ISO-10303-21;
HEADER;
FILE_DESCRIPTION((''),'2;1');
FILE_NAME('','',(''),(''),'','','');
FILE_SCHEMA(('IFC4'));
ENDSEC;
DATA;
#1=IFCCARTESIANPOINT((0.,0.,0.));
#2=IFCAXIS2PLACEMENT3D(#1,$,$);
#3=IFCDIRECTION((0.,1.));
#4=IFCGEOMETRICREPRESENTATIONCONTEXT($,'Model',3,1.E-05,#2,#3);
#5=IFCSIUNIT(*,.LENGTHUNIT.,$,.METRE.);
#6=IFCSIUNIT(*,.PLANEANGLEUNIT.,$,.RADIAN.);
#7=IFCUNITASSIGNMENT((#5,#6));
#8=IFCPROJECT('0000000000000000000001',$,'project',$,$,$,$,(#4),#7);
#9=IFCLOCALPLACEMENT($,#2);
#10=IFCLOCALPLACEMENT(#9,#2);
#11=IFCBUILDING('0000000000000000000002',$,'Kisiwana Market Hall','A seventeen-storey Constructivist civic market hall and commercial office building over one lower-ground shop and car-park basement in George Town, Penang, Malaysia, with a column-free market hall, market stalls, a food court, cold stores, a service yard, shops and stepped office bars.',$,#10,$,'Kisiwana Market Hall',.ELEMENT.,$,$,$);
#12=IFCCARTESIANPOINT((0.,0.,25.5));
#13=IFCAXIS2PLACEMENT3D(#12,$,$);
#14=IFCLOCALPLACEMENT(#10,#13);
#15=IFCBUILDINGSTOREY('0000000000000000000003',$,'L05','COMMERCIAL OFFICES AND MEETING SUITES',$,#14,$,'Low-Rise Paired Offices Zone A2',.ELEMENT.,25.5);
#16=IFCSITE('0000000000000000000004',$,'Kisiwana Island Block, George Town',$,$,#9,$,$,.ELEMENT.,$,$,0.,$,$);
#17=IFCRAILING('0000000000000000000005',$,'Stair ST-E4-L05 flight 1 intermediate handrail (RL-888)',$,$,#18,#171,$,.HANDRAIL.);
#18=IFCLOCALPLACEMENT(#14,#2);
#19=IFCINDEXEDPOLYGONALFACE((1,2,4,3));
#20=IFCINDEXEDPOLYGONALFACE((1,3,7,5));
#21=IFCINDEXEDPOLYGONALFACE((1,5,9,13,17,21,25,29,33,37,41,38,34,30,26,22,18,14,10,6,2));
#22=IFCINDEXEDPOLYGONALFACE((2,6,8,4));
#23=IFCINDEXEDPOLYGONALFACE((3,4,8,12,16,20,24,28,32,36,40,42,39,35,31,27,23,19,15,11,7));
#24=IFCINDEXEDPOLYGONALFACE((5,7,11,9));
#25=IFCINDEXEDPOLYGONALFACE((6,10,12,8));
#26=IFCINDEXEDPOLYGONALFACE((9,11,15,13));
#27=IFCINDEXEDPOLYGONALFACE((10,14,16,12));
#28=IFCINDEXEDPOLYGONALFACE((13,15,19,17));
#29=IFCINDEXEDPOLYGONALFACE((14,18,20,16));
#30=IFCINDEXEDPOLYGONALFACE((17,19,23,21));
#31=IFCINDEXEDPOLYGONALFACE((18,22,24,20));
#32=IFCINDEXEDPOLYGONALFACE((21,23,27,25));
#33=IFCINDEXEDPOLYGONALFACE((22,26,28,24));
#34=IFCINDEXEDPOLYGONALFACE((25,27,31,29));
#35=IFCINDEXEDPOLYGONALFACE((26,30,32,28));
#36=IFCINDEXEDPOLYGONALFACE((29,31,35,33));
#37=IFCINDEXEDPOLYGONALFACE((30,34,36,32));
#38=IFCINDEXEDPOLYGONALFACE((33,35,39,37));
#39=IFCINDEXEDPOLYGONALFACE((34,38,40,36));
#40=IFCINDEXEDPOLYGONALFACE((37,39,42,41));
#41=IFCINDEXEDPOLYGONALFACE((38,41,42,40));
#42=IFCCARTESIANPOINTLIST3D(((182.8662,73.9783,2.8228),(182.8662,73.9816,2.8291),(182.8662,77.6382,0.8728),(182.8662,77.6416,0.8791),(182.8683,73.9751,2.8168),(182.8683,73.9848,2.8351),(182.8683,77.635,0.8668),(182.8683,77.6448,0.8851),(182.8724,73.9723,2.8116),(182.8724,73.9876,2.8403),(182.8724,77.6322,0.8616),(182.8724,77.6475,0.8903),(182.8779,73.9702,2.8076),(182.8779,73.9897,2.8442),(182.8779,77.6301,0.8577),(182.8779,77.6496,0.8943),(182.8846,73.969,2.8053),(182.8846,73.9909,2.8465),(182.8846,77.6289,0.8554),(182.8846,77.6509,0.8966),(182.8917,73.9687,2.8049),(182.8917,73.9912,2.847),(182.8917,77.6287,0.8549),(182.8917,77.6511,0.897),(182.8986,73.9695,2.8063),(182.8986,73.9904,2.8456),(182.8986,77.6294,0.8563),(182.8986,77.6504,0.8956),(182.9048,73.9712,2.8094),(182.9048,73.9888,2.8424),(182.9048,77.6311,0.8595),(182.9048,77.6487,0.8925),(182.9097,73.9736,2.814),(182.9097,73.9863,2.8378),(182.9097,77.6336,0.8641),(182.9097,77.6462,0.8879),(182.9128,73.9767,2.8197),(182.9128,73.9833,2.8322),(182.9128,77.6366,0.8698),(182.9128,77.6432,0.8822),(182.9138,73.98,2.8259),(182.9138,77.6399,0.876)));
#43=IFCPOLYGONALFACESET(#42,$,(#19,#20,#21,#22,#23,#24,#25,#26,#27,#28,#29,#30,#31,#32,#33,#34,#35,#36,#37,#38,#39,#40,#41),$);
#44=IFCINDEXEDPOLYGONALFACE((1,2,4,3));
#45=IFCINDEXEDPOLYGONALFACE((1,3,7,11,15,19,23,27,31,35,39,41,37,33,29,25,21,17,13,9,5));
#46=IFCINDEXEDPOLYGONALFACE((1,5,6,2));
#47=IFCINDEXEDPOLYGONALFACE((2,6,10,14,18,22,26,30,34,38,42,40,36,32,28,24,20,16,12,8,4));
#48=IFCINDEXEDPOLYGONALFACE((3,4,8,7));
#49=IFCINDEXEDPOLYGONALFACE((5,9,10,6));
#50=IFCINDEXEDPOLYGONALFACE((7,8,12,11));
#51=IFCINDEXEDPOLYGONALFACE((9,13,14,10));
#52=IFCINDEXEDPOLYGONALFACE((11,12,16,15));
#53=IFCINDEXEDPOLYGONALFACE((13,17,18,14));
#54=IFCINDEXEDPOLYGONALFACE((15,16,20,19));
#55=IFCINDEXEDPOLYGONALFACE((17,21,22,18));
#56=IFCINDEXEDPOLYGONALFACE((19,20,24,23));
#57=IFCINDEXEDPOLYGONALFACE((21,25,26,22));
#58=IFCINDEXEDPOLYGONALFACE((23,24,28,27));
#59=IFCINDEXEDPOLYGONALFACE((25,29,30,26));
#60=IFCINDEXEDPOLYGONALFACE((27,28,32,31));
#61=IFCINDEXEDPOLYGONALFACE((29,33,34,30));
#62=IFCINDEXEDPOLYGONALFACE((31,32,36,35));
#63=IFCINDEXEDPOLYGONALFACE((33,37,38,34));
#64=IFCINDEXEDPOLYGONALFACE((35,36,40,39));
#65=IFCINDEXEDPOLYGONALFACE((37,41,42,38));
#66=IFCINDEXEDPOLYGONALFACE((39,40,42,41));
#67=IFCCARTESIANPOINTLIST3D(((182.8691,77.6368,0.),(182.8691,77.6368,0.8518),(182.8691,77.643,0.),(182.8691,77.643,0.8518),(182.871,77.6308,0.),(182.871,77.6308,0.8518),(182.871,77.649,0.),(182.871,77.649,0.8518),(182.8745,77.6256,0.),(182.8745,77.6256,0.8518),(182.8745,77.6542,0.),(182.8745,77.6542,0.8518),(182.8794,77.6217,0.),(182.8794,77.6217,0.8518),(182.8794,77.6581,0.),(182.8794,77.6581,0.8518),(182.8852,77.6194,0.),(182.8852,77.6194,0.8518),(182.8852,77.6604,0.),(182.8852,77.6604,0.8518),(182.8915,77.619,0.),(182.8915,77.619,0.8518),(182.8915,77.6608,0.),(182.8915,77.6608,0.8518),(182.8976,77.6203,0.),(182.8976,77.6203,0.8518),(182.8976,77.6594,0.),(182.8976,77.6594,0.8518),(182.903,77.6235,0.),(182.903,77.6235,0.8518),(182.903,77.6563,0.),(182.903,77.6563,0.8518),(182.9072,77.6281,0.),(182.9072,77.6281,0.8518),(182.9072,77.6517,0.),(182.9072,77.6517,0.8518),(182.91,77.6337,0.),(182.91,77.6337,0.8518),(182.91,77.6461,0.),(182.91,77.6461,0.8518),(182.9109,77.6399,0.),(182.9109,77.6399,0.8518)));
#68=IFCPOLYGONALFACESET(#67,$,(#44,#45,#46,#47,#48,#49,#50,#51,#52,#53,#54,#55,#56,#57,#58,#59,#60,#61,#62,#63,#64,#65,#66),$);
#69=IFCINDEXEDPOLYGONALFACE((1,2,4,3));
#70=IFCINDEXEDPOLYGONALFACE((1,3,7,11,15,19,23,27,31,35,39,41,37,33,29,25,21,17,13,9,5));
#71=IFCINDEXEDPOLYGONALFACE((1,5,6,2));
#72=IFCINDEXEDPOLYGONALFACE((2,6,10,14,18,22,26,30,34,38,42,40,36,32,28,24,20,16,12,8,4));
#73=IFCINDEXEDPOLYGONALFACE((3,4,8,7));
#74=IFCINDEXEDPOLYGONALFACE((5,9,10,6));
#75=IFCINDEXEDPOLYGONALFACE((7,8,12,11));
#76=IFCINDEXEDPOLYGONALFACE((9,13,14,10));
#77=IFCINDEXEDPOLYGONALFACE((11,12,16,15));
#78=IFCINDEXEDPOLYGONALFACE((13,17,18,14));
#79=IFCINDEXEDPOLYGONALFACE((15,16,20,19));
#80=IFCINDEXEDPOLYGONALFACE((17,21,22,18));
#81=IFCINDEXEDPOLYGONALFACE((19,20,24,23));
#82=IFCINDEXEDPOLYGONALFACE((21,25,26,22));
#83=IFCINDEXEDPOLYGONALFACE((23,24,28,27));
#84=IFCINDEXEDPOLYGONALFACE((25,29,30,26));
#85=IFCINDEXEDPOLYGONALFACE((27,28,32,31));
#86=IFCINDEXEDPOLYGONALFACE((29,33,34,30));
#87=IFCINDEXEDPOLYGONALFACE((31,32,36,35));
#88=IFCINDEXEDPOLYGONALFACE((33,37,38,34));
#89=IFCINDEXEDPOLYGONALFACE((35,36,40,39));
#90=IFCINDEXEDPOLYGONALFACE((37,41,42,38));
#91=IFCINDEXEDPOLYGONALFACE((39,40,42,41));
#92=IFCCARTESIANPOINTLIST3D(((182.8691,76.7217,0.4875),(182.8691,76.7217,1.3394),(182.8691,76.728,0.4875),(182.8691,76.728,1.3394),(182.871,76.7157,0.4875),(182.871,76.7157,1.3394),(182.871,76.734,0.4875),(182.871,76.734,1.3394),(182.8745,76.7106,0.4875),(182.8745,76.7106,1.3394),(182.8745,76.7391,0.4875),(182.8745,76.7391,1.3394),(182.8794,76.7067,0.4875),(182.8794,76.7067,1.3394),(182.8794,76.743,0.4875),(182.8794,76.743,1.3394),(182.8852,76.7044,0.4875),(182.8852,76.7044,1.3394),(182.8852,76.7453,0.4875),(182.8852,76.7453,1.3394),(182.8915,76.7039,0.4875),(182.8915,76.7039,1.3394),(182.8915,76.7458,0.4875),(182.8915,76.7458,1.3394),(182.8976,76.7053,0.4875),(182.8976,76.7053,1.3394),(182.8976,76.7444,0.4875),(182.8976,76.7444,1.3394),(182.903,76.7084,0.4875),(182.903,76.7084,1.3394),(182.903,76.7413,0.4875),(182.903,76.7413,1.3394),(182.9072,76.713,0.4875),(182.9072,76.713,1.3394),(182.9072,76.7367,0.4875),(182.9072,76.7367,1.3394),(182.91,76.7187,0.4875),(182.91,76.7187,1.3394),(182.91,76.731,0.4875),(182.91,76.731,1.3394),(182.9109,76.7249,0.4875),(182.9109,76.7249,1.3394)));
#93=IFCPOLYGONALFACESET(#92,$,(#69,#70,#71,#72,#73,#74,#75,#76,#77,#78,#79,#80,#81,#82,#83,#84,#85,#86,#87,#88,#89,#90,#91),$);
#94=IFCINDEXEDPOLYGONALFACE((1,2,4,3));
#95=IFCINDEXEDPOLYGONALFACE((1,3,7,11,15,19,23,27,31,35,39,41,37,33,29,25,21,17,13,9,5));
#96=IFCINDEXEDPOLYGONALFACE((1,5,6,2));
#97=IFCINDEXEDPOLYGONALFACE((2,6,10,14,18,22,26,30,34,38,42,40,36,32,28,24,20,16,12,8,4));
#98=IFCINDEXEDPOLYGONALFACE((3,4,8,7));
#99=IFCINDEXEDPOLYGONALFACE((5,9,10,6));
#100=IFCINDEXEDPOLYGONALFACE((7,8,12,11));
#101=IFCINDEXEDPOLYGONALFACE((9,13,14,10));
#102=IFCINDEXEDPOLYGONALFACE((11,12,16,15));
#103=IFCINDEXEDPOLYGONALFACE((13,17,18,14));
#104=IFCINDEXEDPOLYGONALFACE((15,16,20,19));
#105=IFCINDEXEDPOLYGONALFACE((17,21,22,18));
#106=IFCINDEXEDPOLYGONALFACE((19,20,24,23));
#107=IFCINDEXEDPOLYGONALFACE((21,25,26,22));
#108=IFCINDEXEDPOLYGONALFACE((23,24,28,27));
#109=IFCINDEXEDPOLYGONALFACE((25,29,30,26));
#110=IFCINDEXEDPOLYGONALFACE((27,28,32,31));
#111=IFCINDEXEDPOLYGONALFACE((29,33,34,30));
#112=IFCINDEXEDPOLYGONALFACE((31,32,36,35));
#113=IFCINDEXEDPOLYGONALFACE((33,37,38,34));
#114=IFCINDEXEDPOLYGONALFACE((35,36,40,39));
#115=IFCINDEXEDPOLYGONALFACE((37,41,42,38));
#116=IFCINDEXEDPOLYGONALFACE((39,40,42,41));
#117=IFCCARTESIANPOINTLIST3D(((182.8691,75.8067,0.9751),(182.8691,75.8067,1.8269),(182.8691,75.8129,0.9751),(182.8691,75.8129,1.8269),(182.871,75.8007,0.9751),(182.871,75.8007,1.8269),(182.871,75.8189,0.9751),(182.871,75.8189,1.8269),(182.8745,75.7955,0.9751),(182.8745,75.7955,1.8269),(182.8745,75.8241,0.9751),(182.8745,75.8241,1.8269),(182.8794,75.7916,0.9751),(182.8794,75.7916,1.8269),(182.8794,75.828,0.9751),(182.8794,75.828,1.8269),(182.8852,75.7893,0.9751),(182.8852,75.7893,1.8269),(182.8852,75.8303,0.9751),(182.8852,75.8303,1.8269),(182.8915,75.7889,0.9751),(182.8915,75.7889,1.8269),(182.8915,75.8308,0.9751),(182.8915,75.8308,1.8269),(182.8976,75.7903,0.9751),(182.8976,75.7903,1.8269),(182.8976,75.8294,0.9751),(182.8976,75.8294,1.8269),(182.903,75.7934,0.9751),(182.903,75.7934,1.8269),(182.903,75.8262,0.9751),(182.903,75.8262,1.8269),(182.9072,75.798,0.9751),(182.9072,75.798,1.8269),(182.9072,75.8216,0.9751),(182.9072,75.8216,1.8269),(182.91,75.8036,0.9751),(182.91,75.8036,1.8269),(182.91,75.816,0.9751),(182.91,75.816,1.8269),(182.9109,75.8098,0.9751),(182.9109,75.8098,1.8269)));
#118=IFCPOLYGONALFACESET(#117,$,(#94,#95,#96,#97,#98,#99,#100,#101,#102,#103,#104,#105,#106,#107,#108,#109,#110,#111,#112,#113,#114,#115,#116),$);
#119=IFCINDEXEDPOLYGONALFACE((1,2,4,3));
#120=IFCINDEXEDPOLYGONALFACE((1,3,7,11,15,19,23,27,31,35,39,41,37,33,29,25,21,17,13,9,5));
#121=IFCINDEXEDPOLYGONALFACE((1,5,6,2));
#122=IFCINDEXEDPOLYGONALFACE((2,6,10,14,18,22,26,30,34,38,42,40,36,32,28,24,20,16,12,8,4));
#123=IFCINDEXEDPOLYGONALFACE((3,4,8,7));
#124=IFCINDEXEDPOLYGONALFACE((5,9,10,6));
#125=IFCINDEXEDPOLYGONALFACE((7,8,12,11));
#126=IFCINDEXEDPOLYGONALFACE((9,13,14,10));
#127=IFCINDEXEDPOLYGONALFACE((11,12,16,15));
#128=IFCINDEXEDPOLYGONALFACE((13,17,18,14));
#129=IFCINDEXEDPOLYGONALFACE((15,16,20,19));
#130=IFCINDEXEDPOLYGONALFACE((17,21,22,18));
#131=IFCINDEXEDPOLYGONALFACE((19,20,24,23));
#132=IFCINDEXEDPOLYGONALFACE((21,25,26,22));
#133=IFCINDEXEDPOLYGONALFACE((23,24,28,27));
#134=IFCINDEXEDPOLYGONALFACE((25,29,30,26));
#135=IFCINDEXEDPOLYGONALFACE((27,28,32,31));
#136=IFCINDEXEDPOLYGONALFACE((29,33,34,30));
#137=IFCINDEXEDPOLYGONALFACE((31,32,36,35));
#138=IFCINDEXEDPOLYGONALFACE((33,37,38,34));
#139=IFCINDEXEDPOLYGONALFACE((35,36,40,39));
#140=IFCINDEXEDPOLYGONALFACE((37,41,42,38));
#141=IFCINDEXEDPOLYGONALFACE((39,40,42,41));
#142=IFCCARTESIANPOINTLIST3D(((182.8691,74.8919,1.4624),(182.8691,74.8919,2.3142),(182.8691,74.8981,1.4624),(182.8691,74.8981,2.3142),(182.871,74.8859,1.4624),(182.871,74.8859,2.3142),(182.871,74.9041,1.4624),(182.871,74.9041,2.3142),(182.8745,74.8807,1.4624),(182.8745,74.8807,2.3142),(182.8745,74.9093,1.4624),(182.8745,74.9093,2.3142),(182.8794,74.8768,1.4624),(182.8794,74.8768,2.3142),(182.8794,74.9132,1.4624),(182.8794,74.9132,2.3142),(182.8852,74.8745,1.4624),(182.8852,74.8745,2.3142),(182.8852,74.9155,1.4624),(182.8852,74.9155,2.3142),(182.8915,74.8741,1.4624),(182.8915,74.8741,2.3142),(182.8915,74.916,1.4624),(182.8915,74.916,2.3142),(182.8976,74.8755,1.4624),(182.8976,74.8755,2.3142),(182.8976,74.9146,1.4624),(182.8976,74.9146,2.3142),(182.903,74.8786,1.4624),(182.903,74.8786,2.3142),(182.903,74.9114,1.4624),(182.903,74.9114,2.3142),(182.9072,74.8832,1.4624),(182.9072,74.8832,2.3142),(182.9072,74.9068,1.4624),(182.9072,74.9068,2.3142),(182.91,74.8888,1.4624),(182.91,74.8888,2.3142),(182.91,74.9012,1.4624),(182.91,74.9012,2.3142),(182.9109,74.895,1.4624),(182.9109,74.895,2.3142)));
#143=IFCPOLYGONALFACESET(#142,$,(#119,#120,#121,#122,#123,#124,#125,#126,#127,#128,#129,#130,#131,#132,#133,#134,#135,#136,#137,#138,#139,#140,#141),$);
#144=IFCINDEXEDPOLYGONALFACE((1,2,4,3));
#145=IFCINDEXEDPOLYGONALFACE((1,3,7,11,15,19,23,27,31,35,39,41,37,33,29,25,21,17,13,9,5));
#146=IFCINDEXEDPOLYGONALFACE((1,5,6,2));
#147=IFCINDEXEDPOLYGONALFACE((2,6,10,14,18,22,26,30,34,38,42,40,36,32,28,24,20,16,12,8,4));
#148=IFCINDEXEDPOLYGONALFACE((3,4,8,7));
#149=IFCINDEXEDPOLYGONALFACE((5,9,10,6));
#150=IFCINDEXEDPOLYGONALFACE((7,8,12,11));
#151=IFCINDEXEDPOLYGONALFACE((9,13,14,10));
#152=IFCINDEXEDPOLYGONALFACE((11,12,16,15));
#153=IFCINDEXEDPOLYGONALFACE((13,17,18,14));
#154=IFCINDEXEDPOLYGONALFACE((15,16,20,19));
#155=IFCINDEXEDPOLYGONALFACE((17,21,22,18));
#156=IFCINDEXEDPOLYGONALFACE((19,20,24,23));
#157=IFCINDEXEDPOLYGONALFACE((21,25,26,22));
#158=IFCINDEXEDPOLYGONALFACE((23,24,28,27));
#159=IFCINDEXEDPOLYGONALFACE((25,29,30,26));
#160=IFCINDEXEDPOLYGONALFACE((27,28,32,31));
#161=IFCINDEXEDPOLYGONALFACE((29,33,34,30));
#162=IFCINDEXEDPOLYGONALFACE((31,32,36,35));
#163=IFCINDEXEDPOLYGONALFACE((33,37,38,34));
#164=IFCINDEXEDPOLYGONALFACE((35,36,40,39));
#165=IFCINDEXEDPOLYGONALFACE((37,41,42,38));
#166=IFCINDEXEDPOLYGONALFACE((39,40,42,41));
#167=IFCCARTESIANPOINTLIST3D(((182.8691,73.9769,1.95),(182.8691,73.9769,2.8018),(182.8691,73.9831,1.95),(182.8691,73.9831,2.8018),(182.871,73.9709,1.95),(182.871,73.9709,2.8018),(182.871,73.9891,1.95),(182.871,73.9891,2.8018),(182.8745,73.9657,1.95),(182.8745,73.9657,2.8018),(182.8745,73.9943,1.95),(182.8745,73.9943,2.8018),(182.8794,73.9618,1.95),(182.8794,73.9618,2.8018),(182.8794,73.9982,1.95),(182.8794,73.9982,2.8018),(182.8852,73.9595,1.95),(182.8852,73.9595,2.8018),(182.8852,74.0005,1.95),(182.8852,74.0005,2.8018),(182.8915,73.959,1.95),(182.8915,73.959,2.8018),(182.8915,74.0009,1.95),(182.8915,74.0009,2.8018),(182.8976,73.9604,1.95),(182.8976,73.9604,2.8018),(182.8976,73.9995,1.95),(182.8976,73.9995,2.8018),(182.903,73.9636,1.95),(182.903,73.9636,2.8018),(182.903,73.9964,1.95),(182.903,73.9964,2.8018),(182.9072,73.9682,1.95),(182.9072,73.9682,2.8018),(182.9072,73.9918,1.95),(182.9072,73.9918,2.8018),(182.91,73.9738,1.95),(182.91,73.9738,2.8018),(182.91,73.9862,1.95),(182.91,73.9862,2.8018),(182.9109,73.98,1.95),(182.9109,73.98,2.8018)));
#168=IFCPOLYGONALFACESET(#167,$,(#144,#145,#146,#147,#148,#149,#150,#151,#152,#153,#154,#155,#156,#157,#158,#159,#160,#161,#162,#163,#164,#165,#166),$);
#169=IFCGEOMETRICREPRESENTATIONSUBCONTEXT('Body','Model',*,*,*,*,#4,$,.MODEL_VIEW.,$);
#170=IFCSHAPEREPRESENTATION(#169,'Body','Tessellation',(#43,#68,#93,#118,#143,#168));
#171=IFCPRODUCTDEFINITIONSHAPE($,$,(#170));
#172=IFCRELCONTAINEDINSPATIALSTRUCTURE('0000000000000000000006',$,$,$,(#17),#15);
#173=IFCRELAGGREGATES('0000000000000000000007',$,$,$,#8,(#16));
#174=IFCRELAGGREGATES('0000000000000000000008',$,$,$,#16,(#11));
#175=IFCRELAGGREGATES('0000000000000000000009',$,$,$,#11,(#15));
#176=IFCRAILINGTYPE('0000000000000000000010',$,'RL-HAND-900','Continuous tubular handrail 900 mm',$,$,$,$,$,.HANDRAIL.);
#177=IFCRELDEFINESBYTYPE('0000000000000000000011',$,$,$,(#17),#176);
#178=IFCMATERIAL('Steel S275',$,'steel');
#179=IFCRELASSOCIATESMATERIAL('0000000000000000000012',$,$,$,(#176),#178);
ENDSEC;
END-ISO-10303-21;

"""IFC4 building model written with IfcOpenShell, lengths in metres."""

from ifc_helpers import new_model, si_unit, direction, frame, origin, origin_2d, place, context, subcontext, project, spatial, circle, extrude, material, type_object, element, save


model = new_model("IFC4")

# Units and contexts
model_context = context("Model", 3, precision=1e-05, world=origin(), true_north=direction((0.0, 1.0)))
body_context = subcontext(model_context, "Body", "Model", "MODEL_VIEW")
ifc_project = project(units=[si_unit("LENGTHUNIT", "METRE"), si_unit("PLANEANGLEUNIT", "RADIAN")], contexts=[model_context])

# Site, building, storey
site_placement = place(None, origin())
site = spatial("IfcSite", under=ifc_project, at=site_placement, Name="Kisiwana Island Block, George Town", CompositionType="ELEMENT", RefElevation=0.0)
building_placement = place(site_placement, origin())
building = spatial("IfcBuilding", under=site, at=building_placement, Name="Kisiwana Market Hall", Description="A seventeen-storey Constructivist civic market hall and commercial office building over one lower-ground shop and car-park basement in George Town, Penang, Malaysia, with a column-free market hall, market stalls, a food court, cold stores, a service yard, shops and stepped office bars.", LongName="Kisiwana Market Hall", CompositionType="ELEMENT")
storey_placement = place(building_placement, frame((0.0, 0.0, 25.5)))
storey = spatial("IfcBuildingStorey", under=building, at=storey_placement, Name="L05", Description="COMMERCIAL OFFICES AND MEETING SUITES", LongName="Low-Rise Paired Offices Zone A2", CompositionType="ELEMENT", Elevation=25.5)

# Railing
ifc_material_1 = material(Name="Steel S275", Category="steel")
railing_type_1 = type_object("IfcRailingType", Name="RL-HAND-900", Description="Continuous tubular handrail 900 mm", PredefinedType="HANDRAIL", material=ifc_material_1)
railing_1_placement = place(storey_placement, frame((182.8899, 77.6399, 0.0)))
element("IfcRailing", 1, at=railing_1_placement, inside=storey, type_object=railing_type_1, Name="Stair ST-E4-L05 flight 1 intermediate handrail (RL-888)", PredefinedType="HANDRAIL", context=body_context, shape_type="SweptSolid", body=[
    extrude(circle(Radius=0.0239, at=origin_2d()), frame((0.0, 0.0, 0.876), z_axis=(0.0, -0.882553, 0.470212), x_axis=(1.0, 0.0, 0.0)), (0.0, 0.0, 1.0), 4.147),
    extrude(circle(Radius=0.021, at=origin_2d()), origin(), (0.0, 0.0, 1.0), 0.8518),
    extrude(circle(Radius=0.021, at=origin_2d()), frame((0.0, -0.915, 0.4875)), (0.0, 0.0, 1.0), 0.8518),
    extrude(circle(Radius=0.021, at=origin_2d()), frame((0.0, -1.8301, 0.9751)), (0.0, 0.0, 1.0), 0.8518),
    extrude(circle(Radius=0.021, at=origin_2d()), frame((0.0, -2.7449, 1.4624)), (0.0, 0.0, 1.0), 0.8518),
    extrude(circle(Radius=0.021, at=origin_2d()), frame((0.0, -3.6599, 1.95)), (0.0, 0.0, 1.0), 0.8518),
])

save(model, "model.ifc")
